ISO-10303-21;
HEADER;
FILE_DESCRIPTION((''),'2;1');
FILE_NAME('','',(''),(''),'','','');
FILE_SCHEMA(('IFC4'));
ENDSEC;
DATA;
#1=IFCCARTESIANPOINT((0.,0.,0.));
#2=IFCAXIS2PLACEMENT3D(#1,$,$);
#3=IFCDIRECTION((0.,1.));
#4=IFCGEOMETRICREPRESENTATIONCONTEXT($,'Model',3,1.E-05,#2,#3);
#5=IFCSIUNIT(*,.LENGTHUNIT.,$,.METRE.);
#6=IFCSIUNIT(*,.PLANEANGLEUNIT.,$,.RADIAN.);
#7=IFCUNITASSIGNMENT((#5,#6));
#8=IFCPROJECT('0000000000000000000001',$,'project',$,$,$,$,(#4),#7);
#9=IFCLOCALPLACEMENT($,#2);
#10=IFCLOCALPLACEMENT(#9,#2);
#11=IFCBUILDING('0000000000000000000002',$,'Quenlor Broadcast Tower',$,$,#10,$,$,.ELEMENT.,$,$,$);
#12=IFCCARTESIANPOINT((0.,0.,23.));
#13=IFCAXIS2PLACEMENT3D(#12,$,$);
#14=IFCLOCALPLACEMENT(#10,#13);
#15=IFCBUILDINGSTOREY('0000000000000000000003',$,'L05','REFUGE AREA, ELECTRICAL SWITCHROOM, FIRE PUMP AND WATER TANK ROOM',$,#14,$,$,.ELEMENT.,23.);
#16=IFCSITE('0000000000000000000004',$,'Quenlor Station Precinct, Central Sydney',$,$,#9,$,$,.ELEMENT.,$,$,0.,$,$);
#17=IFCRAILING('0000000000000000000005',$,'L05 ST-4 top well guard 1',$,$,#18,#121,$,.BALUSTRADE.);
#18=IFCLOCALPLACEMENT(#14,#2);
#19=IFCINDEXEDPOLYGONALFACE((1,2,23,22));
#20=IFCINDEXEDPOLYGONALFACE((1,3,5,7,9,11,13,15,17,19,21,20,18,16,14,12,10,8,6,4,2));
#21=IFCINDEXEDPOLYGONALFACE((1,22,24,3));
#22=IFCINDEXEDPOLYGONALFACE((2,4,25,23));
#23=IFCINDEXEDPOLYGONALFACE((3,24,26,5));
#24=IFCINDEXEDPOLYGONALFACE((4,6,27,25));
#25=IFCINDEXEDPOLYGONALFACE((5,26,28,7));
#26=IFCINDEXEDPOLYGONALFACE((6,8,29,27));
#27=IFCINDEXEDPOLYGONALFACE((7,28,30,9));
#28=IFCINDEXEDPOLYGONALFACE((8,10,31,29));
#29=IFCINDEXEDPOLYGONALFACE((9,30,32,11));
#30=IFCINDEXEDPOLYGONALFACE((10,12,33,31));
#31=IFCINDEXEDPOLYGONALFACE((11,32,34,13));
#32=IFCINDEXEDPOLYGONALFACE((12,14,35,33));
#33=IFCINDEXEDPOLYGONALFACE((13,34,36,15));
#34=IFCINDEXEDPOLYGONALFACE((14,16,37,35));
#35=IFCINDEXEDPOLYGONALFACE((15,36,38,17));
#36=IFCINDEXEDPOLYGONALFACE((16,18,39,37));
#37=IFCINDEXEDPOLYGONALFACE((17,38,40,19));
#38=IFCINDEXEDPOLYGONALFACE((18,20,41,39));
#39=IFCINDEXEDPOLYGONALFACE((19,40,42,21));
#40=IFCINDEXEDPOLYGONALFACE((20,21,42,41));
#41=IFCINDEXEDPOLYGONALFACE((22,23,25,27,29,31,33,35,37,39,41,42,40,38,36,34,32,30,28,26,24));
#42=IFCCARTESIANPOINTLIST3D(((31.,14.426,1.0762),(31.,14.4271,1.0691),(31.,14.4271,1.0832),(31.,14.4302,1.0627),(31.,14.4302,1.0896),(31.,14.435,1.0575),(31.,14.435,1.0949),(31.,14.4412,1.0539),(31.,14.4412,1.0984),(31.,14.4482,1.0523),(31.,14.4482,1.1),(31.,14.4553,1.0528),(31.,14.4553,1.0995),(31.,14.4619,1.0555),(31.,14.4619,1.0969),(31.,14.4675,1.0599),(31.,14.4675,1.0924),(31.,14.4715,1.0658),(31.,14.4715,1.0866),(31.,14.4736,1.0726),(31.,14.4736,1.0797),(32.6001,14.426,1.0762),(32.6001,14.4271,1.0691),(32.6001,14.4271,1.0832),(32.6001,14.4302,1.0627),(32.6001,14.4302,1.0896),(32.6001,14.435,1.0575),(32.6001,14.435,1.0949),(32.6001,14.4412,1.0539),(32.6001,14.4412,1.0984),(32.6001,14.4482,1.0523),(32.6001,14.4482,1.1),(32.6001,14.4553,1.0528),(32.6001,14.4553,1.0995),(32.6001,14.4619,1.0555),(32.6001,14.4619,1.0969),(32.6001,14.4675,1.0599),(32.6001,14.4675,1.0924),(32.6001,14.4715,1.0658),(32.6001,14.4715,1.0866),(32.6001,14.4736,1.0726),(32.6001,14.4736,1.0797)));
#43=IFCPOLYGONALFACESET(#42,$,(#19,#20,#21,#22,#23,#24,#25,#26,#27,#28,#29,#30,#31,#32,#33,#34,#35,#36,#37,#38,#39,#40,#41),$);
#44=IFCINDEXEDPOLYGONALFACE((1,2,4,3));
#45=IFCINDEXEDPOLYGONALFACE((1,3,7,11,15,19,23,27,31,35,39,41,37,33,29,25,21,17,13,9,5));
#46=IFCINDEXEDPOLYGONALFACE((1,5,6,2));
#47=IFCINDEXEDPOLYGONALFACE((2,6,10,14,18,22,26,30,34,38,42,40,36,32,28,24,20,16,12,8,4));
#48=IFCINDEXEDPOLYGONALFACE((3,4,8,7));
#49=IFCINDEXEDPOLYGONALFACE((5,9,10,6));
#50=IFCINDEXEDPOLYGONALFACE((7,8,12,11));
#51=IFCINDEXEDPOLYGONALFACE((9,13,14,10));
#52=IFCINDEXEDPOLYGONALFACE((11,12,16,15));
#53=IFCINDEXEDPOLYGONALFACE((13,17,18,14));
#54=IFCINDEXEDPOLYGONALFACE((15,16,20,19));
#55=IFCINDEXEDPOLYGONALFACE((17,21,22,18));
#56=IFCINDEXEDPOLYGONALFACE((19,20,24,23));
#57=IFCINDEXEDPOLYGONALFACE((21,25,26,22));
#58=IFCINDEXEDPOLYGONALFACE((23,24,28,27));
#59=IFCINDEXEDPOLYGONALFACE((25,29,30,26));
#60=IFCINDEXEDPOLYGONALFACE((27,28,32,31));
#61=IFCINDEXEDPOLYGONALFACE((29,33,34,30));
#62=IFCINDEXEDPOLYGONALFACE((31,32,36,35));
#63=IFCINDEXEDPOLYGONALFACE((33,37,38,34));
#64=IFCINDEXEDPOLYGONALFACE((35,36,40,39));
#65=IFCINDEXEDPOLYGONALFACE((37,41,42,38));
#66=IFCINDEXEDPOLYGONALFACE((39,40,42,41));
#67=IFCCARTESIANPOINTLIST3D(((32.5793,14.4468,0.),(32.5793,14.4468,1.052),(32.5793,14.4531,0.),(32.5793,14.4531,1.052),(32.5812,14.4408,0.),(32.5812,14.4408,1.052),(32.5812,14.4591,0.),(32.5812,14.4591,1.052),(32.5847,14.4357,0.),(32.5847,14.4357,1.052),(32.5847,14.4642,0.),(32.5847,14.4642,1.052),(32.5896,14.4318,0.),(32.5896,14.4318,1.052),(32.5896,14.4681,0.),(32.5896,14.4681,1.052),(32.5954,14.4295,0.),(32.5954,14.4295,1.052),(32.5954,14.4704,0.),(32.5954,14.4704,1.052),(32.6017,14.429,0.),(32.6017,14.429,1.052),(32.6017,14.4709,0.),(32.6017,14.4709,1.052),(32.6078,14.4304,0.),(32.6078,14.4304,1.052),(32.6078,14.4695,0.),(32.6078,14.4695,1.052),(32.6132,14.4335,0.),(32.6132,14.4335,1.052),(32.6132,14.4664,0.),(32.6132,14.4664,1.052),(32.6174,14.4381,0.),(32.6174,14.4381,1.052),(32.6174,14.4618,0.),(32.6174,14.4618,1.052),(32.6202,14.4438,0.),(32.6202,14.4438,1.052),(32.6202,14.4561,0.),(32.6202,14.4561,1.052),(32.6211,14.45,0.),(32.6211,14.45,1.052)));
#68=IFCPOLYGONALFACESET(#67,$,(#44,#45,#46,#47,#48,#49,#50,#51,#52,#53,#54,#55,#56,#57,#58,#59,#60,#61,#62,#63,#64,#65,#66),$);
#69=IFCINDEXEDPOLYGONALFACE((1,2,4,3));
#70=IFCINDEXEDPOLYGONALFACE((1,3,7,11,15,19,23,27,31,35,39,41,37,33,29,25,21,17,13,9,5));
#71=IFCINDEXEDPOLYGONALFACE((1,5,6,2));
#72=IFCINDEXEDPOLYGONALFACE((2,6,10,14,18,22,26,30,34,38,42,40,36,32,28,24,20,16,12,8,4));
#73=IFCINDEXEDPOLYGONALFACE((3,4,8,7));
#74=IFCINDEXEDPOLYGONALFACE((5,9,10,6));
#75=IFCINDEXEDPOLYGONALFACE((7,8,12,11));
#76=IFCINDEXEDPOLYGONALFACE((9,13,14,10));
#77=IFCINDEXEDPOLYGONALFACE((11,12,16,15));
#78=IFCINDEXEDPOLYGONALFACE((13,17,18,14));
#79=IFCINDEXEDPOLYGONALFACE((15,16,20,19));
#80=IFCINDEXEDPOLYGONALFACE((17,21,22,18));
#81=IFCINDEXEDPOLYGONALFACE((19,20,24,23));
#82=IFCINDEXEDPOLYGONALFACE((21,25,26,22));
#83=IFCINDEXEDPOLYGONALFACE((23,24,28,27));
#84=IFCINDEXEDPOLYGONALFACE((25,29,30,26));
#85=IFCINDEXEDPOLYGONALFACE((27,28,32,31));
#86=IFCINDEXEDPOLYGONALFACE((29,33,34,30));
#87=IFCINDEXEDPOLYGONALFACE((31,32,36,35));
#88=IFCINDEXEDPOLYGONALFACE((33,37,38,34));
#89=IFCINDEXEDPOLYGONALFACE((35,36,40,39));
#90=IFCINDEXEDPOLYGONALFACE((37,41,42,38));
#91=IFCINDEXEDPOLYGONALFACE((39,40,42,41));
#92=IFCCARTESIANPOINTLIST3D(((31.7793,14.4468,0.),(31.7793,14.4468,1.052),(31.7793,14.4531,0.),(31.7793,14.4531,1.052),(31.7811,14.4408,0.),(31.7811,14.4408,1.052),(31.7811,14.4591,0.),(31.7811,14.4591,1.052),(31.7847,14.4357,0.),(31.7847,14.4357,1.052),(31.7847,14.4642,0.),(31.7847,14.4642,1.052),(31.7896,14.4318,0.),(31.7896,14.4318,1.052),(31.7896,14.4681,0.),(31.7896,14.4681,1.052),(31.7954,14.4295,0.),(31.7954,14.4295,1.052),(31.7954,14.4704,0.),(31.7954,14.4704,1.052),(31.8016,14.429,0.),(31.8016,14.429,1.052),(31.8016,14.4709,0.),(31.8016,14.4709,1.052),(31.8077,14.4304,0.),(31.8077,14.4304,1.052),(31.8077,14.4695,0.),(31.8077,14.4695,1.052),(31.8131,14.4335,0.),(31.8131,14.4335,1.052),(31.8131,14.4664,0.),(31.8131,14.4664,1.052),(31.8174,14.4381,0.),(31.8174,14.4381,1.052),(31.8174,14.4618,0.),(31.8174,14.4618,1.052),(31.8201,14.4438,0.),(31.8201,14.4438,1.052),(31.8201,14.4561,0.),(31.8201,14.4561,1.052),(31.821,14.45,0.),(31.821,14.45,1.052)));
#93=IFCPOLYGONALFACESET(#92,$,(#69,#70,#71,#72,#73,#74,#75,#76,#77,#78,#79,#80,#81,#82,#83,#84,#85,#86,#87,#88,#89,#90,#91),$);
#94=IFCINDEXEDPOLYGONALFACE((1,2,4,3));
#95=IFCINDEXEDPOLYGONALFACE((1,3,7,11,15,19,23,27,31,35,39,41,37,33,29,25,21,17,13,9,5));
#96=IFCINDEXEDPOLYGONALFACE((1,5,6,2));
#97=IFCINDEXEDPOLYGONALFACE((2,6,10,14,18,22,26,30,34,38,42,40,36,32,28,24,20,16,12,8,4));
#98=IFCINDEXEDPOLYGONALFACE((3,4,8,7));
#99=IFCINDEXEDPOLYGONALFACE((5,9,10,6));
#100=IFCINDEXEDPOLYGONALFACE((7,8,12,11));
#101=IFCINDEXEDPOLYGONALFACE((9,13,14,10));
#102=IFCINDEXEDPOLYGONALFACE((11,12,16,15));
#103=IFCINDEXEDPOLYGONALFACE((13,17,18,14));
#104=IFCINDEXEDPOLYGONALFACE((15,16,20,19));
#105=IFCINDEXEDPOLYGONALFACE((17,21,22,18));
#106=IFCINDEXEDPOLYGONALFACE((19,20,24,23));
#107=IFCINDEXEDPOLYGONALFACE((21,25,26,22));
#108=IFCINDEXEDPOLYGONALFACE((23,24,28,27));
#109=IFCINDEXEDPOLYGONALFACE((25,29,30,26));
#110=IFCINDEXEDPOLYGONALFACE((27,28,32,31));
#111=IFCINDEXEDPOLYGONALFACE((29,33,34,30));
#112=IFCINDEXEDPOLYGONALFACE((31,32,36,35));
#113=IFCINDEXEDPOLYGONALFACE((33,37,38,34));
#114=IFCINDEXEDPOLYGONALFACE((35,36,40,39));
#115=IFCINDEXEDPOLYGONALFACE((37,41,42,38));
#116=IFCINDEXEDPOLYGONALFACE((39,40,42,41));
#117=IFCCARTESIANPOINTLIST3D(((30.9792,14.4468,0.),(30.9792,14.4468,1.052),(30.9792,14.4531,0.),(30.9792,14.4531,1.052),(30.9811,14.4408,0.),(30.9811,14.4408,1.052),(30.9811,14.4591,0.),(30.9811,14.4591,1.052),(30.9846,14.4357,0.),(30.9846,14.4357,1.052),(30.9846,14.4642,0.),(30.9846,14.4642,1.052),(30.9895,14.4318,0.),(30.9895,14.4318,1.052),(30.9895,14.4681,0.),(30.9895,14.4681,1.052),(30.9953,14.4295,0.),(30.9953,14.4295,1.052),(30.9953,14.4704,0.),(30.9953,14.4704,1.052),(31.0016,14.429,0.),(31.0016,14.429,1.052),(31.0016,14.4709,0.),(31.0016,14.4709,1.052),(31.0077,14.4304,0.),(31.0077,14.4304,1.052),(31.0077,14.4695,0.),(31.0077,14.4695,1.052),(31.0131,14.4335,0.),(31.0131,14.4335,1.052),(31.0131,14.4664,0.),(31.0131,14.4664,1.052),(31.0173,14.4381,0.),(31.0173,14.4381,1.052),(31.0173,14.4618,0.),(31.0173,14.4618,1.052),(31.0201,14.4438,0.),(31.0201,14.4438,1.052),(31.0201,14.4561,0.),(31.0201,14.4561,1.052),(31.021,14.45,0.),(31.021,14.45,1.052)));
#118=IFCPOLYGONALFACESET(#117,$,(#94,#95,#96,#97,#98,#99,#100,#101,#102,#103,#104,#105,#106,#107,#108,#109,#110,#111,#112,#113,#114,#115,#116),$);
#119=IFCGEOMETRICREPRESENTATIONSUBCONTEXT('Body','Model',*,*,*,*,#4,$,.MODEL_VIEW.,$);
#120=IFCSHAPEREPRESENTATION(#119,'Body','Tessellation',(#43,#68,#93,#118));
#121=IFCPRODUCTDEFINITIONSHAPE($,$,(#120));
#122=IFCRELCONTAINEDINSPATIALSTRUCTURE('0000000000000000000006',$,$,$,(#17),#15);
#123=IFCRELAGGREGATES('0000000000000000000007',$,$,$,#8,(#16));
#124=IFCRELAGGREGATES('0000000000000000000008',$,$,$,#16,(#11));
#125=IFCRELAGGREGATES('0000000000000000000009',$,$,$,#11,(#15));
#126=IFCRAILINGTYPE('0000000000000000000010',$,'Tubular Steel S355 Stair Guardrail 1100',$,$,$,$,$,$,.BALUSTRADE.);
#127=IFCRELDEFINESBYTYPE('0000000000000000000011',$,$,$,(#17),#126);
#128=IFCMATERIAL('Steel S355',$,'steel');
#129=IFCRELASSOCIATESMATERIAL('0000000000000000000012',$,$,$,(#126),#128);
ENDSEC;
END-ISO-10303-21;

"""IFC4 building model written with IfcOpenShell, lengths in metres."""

from ifc_helpers import new_model, si_unit, direction, frame, origin, origin_2d, place, context, subcontext, project, spatial, circle, extrude, material, type_object, element, save


model = new_model("IFC4")

# Units and contexts
model_context = context("Model", 3, precision=1e-05, world=origin(), true_north=direction((0.0, 1.0)))
body_context = subcontext(model_context, "Body", "Model", "MODEL_VIEW")
ifc_project = project(units=[si_unit("LENGTHUNIT", "METRE"), si_unit("PLANEANGLEUNIT", "RADIAN")], contexts=[model_context])

# Site, building, storey
site_placement = place(None, origin())
site = spatial("IfcSite", under=ifc_project, at=site_placement, Name="Quenlor Station Precinct, Central Sydney", CompositionType="ELEMENT", RefElevation=0.0)
building_placement = place(site_placement, origin())
building = spatial("IfcBuilding", under=site, at=building_placement, Name="Quenlor Broadcast Tower", CompositionType="ELEMENT")
storey_placement = place(building_placement, frame((0.0, 0.0, 23.0)))
storey = spatial("IfcBuildingStorey", under=building, at=storey_placement, Name="L05", Description="REFUGE AREA, ELECTRICAL SWITCHROOM, FIRE PUMP AND WATER TANK ROOM", CompositionType="ELEMENT", Elevation=23.0)

# Railing
ifc_material_1 = material(Name="Steel S355", Category="steel")
railing_type = type_object("IfcRailingType", Name="Tubular Steel S355 Stair Guardrail 1100", PredefinedType="BALUSTRADE", material=ifc_material_1)
railing_placement = place(storey_placement, frame((32.6001, 14.45, 0.0)))
element("IfcRailing", 1, at=railing_placement, inside=storey, type_object=railing_type, Name="L05 ST-4 top well guard 1", PredefinedType="BALUSTRADE", context=body_context, shape_type="SweptSolid", body=[
    extrude(circle(Radius=0.0239, at=origin_2d()), frame((0.0, 0.0, 1.0762), z_axis=(-1.0, 0.0, 0.0), x_axis=(0.0, -1.0, 0.0)), (0.0, 0.0, 1.0), 1.6001),
    extrude(circle(Radius=0.021, at=origin_2d()), origin(), (0.0, 0.0, 1.0), 1.052),
    extrude(circle(Radius=0.021, at=origin_2d()), frame((-0.8, 0.0, 0.0)), (0.0, 0.0, 1.0), 1.052),
    extrude(circle(Radius=0.021, at=origin_2d()), frame((-1.6001, 0.0, 0.0)), (0.0, 0.0, 1.0), 1.052),
])

save(model, "model.ifc")
